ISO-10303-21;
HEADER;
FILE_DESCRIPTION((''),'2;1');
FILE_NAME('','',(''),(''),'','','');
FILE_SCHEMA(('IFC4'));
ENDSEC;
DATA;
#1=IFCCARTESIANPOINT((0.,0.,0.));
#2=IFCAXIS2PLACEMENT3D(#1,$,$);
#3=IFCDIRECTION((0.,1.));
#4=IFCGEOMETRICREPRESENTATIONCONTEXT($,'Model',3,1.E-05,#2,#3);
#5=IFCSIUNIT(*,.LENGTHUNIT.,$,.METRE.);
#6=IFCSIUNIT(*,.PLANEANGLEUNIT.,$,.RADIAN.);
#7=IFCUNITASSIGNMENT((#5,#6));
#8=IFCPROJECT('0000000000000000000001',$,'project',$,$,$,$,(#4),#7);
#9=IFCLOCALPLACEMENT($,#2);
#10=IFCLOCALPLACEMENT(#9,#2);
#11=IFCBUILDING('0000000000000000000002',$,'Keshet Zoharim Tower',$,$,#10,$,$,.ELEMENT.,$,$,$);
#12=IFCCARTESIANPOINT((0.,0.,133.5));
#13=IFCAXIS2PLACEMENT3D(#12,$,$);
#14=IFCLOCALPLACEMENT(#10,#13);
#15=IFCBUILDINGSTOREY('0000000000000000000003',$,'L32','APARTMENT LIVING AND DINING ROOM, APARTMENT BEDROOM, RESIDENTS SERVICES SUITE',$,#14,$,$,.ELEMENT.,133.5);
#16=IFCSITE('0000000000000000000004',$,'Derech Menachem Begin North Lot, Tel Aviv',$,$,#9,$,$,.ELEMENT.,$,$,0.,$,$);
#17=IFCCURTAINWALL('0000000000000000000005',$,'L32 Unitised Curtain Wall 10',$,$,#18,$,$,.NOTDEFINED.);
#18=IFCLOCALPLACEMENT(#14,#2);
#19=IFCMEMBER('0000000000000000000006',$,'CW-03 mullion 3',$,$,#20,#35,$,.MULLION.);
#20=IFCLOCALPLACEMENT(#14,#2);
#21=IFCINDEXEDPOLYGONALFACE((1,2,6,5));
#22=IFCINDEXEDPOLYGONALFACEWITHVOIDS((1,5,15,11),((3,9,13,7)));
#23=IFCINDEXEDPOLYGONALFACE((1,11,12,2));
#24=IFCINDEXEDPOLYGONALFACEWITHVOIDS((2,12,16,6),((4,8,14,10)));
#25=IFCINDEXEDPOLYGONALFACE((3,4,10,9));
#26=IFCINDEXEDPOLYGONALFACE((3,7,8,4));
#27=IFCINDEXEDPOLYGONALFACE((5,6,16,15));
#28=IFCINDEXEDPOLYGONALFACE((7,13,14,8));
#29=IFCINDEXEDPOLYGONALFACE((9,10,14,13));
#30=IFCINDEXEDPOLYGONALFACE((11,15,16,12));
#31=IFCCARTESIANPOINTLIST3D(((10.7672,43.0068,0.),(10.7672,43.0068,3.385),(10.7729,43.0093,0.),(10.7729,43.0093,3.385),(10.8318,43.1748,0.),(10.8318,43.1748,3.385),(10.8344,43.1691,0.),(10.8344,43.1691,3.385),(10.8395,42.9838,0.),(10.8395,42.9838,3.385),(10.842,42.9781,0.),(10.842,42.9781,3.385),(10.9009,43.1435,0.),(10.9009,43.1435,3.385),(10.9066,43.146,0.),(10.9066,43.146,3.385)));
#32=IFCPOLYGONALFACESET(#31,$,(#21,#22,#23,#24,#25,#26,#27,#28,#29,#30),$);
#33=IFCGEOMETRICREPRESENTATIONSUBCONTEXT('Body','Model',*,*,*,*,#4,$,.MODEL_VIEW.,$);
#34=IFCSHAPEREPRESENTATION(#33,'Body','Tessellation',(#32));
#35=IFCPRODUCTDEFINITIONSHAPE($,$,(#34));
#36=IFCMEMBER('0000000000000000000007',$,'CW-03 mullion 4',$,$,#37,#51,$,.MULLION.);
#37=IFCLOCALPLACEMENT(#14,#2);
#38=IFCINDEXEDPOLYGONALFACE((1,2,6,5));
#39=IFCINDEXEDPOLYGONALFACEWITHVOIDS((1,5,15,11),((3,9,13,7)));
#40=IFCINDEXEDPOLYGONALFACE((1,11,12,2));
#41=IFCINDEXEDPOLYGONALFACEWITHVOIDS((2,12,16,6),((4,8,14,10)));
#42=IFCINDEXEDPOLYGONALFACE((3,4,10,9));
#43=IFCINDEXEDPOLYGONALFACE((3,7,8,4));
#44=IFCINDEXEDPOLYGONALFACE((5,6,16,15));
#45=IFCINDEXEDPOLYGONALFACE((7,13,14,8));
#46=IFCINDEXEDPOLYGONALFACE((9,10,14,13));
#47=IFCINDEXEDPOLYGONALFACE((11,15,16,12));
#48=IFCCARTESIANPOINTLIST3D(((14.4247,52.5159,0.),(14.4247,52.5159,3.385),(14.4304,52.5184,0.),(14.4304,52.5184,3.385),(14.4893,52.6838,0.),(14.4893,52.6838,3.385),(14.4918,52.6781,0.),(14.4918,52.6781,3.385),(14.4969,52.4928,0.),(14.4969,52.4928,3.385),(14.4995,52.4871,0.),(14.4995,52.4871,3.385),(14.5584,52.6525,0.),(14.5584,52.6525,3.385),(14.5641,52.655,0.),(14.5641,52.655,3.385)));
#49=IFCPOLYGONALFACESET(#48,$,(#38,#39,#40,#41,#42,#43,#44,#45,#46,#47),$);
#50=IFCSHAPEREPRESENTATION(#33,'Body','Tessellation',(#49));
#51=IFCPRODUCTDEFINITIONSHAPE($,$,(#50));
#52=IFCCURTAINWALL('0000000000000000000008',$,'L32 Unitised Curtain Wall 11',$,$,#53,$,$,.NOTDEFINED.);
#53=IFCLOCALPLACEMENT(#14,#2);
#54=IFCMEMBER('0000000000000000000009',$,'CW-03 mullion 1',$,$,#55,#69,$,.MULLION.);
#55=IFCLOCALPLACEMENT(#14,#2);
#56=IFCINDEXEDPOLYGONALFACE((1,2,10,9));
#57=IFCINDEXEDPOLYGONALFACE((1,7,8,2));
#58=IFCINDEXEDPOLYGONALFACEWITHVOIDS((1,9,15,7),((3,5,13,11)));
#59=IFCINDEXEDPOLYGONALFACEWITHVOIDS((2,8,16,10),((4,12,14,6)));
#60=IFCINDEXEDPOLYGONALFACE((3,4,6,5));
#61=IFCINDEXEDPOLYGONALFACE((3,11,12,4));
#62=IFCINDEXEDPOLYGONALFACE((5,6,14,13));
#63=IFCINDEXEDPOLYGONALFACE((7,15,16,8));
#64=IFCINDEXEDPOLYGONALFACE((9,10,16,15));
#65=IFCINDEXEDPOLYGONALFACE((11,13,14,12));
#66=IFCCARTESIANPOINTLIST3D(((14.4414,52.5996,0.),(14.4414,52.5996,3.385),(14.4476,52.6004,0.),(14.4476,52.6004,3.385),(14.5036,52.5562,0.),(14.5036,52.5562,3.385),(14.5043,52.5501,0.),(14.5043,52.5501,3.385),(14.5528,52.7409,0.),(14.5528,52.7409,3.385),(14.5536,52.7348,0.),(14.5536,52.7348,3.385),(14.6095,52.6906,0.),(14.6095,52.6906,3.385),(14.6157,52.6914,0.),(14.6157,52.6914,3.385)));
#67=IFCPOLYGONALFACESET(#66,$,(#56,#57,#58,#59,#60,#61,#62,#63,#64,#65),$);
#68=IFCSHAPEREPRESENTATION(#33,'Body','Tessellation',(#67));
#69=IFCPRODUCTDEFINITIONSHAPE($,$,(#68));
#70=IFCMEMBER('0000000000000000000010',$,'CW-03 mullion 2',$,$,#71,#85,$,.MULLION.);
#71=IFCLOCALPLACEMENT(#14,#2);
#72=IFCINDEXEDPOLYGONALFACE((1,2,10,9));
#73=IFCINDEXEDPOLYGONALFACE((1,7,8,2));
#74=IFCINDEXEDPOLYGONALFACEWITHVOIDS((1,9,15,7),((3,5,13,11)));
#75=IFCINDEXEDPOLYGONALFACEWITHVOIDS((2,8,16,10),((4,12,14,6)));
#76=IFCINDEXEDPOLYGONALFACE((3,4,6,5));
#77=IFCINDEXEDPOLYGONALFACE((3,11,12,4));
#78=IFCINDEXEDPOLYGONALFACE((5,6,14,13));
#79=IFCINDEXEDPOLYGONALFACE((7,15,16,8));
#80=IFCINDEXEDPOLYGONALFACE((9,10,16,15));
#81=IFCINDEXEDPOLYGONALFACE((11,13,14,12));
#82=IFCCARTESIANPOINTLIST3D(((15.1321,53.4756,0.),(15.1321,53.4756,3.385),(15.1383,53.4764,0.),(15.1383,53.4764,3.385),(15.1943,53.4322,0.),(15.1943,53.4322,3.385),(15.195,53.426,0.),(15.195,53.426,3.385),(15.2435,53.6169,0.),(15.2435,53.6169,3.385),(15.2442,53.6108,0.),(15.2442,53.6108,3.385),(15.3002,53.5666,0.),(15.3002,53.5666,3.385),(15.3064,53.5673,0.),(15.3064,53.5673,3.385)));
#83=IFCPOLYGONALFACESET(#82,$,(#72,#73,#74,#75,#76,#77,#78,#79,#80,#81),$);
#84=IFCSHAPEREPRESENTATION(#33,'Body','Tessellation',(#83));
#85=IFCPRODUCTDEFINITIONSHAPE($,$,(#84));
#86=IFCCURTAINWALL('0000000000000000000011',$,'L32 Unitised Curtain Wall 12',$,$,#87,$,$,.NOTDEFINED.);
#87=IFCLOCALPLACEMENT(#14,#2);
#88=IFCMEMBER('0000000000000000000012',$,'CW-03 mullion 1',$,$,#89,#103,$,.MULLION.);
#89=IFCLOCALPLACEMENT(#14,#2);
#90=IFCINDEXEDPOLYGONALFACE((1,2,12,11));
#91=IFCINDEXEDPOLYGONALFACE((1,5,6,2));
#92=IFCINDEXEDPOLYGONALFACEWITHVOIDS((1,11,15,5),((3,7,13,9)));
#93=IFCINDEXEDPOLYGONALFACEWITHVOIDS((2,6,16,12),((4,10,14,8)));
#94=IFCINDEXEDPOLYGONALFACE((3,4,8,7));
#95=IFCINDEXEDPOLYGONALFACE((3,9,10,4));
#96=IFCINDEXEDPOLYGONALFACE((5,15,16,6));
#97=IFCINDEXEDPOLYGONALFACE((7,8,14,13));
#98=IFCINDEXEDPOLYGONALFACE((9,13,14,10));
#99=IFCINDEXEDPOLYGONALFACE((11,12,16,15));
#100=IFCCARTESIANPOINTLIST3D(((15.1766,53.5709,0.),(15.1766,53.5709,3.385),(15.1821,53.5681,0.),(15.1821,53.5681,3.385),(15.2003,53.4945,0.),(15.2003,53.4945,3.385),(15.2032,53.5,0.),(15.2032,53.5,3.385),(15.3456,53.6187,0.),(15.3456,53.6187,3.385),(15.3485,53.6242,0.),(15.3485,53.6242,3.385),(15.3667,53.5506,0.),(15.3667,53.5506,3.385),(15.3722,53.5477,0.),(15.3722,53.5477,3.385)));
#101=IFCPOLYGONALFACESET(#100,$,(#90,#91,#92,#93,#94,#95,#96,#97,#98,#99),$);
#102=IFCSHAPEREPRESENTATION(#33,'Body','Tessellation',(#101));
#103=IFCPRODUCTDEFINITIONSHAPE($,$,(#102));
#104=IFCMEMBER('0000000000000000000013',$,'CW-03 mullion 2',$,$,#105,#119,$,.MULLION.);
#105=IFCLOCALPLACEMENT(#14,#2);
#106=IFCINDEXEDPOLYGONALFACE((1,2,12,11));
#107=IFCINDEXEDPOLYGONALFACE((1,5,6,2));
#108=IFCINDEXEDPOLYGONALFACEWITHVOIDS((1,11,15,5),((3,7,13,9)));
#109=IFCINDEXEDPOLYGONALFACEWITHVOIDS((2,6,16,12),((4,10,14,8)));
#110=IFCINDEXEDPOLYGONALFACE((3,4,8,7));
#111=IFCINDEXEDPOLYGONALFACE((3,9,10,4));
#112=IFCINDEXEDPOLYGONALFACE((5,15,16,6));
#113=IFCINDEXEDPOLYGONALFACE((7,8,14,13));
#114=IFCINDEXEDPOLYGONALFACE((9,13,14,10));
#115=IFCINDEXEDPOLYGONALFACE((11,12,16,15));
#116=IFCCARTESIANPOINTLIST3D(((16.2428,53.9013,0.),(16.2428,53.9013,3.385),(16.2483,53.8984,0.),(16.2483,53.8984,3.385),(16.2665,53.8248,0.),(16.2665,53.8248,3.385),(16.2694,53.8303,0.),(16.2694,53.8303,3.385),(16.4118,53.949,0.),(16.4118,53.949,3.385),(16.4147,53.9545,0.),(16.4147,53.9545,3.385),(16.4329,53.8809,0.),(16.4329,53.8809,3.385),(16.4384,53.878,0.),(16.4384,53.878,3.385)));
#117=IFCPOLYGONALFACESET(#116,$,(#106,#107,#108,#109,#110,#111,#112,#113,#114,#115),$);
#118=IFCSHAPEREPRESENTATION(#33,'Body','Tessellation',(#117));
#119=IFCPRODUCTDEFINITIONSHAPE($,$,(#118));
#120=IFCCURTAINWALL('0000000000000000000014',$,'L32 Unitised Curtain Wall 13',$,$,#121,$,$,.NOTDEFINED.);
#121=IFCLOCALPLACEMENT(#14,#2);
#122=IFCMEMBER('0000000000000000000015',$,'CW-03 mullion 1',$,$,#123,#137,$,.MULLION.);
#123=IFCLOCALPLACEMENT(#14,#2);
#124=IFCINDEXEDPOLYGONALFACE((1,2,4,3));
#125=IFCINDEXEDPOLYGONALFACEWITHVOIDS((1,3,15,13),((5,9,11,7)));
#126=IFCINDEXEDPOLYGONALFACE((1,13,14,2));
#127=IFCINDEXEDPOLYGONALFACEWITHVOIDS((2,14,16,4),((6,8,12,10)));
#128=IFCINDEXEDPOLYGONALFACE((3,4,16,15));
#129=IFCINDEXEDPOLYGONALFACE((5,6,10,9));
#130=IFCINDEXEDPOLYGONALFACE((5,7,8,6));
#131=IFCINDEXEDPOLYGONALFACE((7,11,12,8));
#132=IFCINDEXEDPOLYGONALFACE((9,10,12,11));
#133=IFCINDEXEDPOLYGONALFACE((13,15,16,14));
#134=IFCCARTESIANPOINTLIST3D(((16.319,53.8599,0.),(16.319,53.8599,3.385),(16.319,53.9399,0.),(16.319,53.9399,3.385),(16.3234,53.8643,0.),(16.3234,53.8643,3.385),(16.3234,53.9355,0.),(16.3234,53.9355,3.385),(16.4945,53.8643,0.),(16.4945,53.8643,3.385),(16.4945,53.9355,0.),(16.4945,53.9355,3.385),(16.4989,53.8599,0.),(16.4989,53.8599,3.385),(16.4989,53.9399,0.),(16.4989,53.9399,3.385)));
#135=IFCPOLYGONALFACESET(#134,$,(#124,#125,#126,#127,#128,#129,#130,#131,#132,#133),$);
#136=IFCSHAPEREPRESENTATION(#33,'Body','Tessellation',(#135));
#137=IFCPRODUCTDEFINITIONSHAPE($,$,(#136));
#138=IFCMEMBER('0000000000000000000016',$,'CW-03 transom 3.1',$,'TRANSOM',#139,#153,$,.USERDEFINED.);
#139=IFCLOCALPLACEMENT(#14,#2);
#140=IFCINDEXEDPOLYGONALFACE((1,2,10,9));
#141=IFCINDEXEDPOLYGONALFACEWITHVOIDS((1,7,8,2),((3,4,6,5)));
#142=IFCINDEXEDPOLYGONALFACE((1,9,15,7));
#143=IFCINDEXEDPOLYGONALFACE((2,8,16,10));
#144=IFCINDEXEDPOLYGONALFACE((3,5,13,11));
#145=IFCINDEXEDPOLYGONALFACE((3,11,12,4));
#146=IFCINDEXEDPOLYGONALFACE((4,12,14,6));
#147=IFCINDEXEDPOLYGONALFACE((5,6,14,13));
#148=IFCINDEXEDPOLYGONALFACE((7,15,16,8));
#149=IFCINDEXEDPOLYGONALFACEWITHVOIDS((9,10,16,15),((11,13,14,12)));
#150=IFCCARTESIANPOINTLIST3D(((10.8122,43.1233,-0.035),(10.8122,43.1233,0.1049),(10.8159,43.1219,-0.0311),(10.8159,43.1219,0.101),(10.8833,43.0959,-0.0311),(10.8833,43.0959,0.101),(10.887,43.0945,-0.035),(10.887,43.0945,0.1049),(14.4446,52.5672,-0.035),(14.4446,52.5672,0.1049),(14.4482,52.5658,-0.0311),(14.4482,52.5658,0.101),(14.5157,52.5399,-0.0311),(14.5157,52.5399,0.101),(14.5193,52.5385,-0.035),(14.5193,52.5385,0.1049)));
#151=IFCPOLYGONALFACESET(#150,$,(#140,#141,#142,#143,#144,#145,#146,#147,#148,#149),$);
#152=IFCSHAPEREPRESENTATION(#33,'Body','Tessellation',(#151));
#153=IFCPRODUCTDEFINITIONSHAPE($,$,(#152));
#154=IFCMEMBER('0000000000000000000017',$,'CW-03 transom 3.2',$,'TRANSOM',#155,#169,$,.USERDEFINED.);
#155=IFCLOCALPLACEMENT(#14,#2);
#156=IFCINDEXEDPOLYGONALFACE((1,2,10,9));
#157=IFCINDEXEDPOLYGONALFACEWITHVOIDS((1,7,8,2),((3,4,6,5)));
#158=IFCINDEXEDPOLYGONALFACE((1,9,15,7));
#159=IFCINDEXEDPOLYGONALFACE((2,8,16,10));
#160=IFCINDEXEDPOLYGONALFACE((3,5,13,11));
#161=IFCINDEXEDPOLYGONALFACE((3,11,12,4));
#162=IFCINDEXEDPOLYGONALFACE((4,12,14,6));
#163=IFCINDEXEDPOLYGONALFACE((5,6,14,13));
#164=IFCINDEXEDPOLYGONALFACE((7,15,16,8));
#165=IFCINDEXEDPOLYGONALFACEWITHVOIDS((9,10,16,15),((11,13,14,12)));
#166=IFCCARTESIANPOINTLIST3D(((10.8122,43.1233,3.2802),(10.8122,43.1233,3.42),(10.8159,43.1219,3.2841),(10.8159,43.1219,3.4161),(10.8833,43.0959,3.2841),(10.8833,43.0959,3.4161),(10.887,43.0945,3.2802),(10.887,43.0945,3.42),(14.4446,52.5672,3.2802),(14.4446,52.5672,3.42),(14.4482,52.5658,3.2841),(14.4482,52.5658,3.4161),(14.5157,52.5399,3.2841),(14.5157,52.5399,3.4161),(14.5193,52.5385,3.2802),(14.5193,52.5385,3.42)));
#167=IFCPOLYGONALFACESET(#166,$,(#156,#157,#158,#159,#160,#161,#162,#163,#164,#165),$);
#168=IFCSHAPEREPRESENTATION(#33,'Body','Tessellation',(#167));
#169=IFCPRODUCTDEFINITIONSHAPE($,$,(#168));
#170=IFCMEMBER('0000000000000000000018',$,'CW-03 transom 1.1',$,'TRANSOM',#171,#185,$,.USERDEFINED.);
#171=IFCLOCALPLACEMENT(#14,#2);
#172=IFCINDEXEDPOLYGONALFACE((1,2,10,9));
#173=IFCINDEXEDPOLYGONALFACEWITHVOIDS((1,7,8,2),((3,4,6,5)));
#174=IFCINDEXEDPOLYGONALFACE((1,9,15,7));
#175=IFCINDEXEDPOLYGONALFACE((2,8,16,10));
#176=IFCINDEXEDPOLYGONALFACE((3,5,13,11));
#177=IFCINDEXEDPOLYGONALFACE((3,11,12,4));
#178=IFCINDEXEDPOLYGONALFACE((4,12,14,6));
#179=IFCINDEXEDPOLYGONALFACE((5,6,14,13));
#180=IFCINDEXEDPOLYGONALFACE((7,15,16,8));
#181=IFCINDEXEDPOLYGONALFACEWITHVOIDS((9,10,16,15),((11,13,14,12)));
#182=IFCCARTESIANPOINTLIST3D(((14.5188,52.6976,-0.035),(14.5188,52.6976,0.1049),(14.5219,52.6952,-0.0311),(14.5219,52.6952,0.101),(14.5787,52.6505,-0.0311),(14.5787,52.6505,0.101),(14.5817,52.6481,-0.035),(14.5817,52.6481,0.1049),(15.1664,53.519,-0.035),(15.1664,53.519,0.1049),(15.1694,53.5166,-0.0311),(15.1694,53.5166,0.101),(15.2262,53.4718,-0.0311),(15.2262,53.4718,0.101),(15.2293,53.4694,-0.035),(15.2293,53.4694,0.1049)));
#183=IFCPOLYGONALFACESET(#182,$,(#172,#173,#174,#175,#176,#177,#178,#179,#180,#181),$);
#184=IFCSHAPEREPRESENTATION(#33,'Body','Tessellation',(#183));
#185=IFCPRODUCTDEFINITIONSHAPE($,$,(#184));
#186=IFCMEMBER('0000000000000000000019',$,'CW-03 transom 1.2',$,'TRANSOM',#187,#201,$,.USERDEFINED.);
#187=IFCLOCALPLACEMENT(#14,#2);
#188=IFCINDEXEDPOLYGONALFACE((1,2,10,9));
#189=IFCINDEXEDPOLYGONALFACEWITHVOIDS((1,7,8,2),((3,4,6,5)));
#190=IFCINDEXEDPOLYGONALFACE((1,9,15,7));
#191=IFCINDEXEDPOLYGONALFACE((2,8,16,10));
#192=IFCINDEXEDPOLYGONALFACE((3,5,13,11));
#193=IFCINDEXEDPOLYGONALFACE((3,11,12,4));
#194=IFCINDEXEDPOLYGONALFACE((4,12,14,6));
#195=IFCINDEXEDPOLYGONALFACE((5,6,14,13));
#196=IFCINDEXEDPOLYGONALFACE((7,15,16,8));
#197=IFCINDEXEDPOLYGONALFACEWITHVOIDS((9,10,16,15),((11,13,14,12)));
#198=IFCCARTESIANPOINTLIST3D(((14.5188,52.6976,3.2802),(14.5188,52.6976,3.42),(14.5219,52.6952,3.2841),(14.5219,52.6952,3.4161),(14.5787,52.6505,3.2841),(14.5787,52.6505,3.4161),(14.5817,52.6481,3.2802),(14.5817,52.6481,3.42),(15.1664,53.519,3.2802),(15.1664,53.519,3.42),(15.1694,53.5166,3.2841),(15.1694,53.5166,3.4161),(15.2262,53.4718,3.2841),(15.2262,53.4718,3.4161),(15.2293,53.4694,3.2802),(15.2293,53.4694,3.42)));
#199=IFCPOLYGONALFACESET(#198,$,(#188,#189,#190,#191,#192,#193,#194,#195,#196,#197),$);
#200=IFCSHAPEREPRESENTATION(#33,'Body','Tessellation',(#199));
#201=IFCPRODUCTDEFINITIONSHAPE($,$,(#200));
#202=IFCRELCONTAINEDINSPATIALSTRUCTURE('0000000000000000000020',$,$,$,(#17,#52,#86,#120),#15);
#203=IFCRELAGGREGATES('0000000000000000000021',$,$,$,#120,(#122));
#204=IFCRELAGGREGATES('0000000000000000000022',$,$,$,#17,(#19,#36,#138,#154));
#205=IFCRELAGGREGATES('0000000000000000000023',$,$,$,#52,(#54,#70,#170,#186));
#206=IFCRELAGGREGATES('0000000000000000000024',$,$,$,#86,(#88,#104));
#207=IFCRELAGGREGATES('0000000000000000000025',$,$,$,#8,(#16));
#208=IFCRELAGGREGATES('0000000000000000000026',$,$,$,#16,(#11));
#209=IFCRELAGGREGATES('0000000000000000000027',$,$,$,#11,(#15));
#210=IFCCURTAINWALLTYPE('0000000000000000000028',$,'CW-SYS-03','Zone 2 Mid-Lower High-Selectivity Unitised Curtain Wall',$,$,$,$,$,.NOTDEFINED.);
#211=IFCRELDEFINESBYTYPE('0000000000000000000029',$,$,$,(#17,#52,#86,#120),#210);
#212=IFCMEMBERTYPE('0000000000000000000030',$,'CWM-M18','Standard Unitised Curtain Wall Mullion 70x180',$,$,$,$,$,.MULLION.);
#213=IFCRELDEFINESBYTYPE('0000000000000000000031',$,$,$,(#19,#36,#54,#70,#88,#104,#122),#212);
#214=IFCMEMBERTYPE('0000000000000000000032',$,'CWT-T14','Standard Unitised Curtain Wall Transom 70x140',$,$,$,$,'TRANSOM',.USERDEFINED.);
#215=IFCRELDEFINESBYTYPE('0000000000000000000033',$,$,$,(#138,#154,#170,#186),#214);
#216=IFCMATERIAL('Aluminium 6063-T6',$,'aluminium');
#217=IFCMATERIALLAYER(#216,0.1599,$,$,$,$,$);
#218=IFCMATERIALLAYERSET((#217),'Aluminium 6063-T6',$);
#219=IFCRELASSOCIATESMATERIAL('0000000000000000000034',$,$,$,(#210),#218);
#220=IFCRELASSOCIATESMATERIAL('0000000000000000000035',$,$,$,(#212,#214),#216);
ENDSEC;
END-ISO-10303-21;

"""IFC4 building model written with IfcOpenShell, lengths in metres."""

from ifc_helpers import new_model, si_unit, direction, frame, origin, origin_2d, place, context, subcontext, project, spatial, hollow_rectangle, extrude, material, layer, layer_set, material_profile, profile_set, type_object, element, aggregate, save


model = new_model("IFC4")

# Units and contexts
model_context = context("Model", 3, precision=1e-05, world=origin(), true_north=direction((0.0, 1.0)))
body_context = subcontext(model_context, "Body", "Model", "MODEL_VIEW")
ifc_project = project(units=[si_unit("LENGTHUNIT", "METRE"), si_unit("PLANEANGLEUNIT", "RADIAN")], contexts=[model_context])

# Site, building, storey
site_placement = place(None, origin())
site = spatial("IfcSite", under=ifc_project, at=site_placement, Name="Derech Menachem Begin North Lot, Tel Aviv", CompositionType="ELEMENT", RefElevation=0.0)
building_placement = place(site_placement, origin())
building = spatial("IfcBuilding", under=site, at=building_placement, Name="Keshet Zoharim Tower", CompositionType="ELEMENT")
storey_placement = place(building_placement, frame((0.0, 0.0, 133.5)))
storey = spatial("IfcBuildingStorey", under=building, at=storey_placement, Name="L32", Description="APARTMENT LIVING AND DINING ROOM, APARTMENT BEDROOM, RESIDENTS SERVICES SUITE", CompositionType="ELEMENT", Elevation=133.5)

# Curtain walls, members
ifc_material_1 = material(Name="Aluminium 6063-T6", Category="aluminium")
ifc_layer_1 = layer(ifc_material_1, 0.1599)
ifc_layer_set_1 = layer_set([ifc_layer_1], Name="Aluminium 6063-T6")
curtain_wall_type = type_object("IfcCurtainWallType", Name="CW-SYS-03", Description="Zone 2 Mid-Lower High-Selectivity Unitised Curtain Wall", PredefinedType="NOTDEFINED", material=ifc_layer_set_1)
curtain_wall_1_placement = place(storey_placement, origin())
curtain_wall_1 = element("IfcCurtainWall", 1, at=curtain_wall_1_placement, inside=storey, type_object=curtain_wall_type, Name="L32 Unitised Curtain Wall 10", PredefinedType="NOTDEFINED")
ifc_material_profile_1 = material_profile(ifc_material_1, hollow_rectangle(XDim=0.0801, YDim=0.1799, WallThickness=0.0044, at=origin_2d()), Name="MUL-80x180")
ifc_profile_set_1 = profile_set([ifc_material_profile_1], Name="Aluminium 6063-T6")
member_type_1 = type_object("IfcMemberType", Name="CWM-M18", Description="Standard Unitised Curtain Wall Mullion 70x180", PredefinedType="MULLION", material=ifc_profile_set_1)
member_1_placement = place(storey_placement, frame((10.8369, 43.0764, 0.0), z_axis=(0.0, 0.0, 1.0), x_axis=(-0.933341, 0.35899, 0.0)))
member_1 = element("IfcMember", 2, at=member_1_placement, type_object=member_type_1, Name="CW-03 mullion 3", PredefinedType="MULLION", context=body_context, shape_type="SweptSolid", body=[
    extrude(hollow_rectangle(XDim=0.0801, YDim=0.1799, WallThickness=0.0044, at=origin_2d()), origin(), (0.0, 0.0, 1.0), 3.385),
])
member_2_placement = place(storey_placement, frame((14.4944, 52.5854, 0.0), z_axis=(0.0, 0.0, 1.0), x_axis=(-0.933341, 0.35899, 0.0)))
member_2 = element("IfcMember", 3, at=member_2_placement, type_object=member_type_1, Name="CW-03 mullion 4", PredefinedType="MULLION", context=body_context, shape_type="SweptSolid", body=[
    extrude(hollow_rectangle(XDim=0.0801, YDim=0.1799, WallThickness=0.0044, at=origin_2d()), origin(), (0.0, 0.0, 1.0), 3.385),
])
curtain_wall_2_placement = place(storey_placement, origin())
curtain_wall_2 = element("IfcCurtainWall", 4, at=curtain_wall_2_placement, inside=storey, type_object=curtain_wall_type, Name="L32 Unitised Curtain Wall 11", PredefinedType="NOTDEFINED")
member_3_placement = place(storey_placement, frame((14.5286, 52.6455, 0.0), z_axis=(0.0, 0.0, 1.0), x_axis=(-0.785293, 0.619125, 0.0)))
member_3 = element("IfcMember", 5, at=member_3_placement, type_object=member_type_1, Name="CW-03 mullion 1", PredefinedType="MULLION", context=body_context, shape_type="SweptSolid", body=[
    extrude(hollow_rectangle(XDim=0.0801, YDim=0.1799, WallThickness=0.0044, at=origin_2d()), origin(), (0.0, 0.0, 1.0), 3.385),
])
member_4_placement = place(storey_placement, frame((15.2192, 53.5215, 0.0), z_axis=(0.0, 0.0, 1.0), x_axis=(-0.785293, 0.619125, 0.0)))
member_4 = element("IfcMember", 6, at=member_4_placement, type_object=member_type_1, Name="CW-03 mullion 2", PredefinedType="MULLION", context=body_context, shape_type="SweptSolid", body=[
    extrude(hollow_rectangle(XDim=0.0801, YDim=0.1799, WallThickness=0.0044, at=origin_2d()), origin(), (0.0, 0.0, 1.0), 3.385),
])
curtain_wall_3_placement = place(storey_placement, origin())
curtain_wall_3 = element("IfcCurtainWall", 7, at=curtain_wall_3_placement, inside=storey, type_object=curtain_wall_type, Name="L32 Unitised Curtain Wall 12", PredefinedType="NOTDEFINED")
member_5_placement = place(storey_placement, frame((15.2744, 53.5593, 0.0), z_axis=(0.0, 0.0, 1.0), x_axis=(-0.295922, 0.955212, 0.0)))
member_5 = element("IfcMember", 8, at=member_5_placement, type_object=member_type_1, Name="CW-03 mullion 1", PredefinedType="MULLION", context=body_context, shape_type="SweptSolid", body=[
    extrude(hollow_rectangle(XDim=0.0801, YDim=0.1799, WallThickness=0.0044, at=origin_2d()), origin(), (0.0, 0.0, 1.0), 3.385),
])
member_6_placement = place(storey_placement, frame((16.3406, 53.8896, 0.0), z_axis=(0.0, 0.0, 1.0), x_axis=(-0.295922, 0.955212, 0.0)))
member_6 = element("IfcMember", 9, at=member_6_placement, type_object=member_type_1, Name="CW-03 mullion 2", PredefinedType="MULLION", context=body_context, shape_type="SweptSolid", body=[
    extrude(hollow_rectangle(XDim=0.0801, YDim=0.1799, WallThickness=0.0044, at=origin_2d()), origin(), (0.0, 0.0, 1.0), 3.385),
])

# Curtain wall, member
curtain_wall_4_placement = place(storey_placement, origin())
curtain_wall_4 = element("IfcCurtainWall", 10, at=curtain_wall_4_placement, inside=storey, type_object=curtain_wall_type, Name="L32 Unitised Curtain Wall 13", PredefinedType="NOTDEFINED")
member_7_placement = place(storey_placement, frame((16.4089, 53.8999, 0.0), z_axis=(0.0, 0.0, 1.0), x_axis=(0.0, 1.0, 0.0)))
member_7 = element("IfcMember", 11, at=member_7_placement, type_object=member_type_1, Name="CW-03 mullion 1", PredefinedType="MULLION", context=body_context, shape_type="SweptSolid", body=[
    extrude(hollow_rectangle(XDim=0.0801, YDim=0.1799, WallThickness=0.0044, at=origin_2d()), origin(), (0.0, 0.0, 1.0), 3.385),
])

# Members
ifc_material_profile_2 = material_profile(ifc_material_1, hollow_rectangle(XDim=0.0801, YDim=0.1399, WallThickness=0.0039, at=origin_2d()), Name="TRN-80x140")
ifc_profile_set_2 = profile_set([ifc_material_profile_2], Name="Aluminium 6063-T6")
member_type_2 = type_object("IfcMemberType", Name="CWT-T14", Description="Standard Unitised Curtain Wall Transom 70x140", ElementType="TRANSOM", PredefinedType="USERDEFINED", material=ifc_profile_set_2)
member_8_placement = place(storey_placement, frame((10.8496, 43.1089, 0.0349), z_axis=(0.358986, 0.933343, 0.0), x_axis=(-0.933343, 0.358986, 0.0)))
member_8 = element("IfcMember", 12, at=member_8_placement, type_object=member_type_2, Name="CW-03 transom 3.1", ObjectType="TRANSOM", PredefinedType="USERDEFINED", context=body_context, shape_type="SweptSolid", body=[
    extrude(hollow_rectangle(XDim=0.0801, YDim=0.1399, WallThickness=0.0039, at=origin_2d()), origin(), (0.0, 0.0, 1.0), 10.1184),
])
member_9_placement = place(storey_placement, frame((10.8496, 43.1089, 3.3501), z_axis=(0.358986, 0.933343, 0.0), x_axis=(-0.933343, 0.358986, 0.0)))
member_9 = element("IfcMember", 13, at=member_9_placement, type_object=member_type_2, Name="CW-03 transom 3.2", ObjectType="TRANSOM", PredefinedType="USERDEFINED", context=body_context, shape_type="SweptSolid", body=[
    extrude(hollow_rectangle(XDim=0.0801, YDim=0.1399, WallThickness=0.0039, at=origin_2d()), origin(), (0.0, 0.0, 1.0), 10.1184),
])
member_10_placement = place(storey_placement, frame((14.5503, 52.6729, 0.0349), z_axis=(0.619099, 0.785313, 0.0), x_axis=(-0.785313, 0.619099, 0.0)))
member_10 = element("IfcMember", 14, at=member_10_placement, type_object=member_type_2, Name="CW-03 transom 1.1", ObjectType="TRANSOM", PredefinedType="USERDEFINED", context=body_context, shape_type="SweptSolid", body=[
    extrude(hollow_rectangle(XDim=0.0801, YDim=0.1399, WallThickness=0.0039, at=origin_2d()), origin(), (0.0, 0.0, 1.0), 1.0459),
])
member_11_placement = place(storey_placement, frame((14.5503, 52.6729, 3.3501), z_axis=(0.619099, 0.785313, 0.0), x_axis=(-0.785313, 0.619099, 0.0)))
member_11 = element("IfcMember", 15, at=member_11_placement, type_object=member_type_2, Name="CW-03 transom 1.2", ObjectType="TRANSOM", PredefinedType="USERDEFINED", context=body_context, shape_type="SweptSolid", body=[
    extrude(hollow_rectangle(XDim=0.0801, YDim=0.1399, WallThickness=0.0039, at=origin_2d()), origin(), (0.0, 0.0, 1.0), 1.0459),
])
aggregate(curtain_wall_4, [member_7])

aggregate(curtain_wall_1, [member_1, member_2, member_8, member_9])
aggregate(curtain_wall_2, [member_3, member_4, member_10, member_11])
aggregate(curtain_wall_3, [member_5, member_6])

save(model, "model.ifc")
